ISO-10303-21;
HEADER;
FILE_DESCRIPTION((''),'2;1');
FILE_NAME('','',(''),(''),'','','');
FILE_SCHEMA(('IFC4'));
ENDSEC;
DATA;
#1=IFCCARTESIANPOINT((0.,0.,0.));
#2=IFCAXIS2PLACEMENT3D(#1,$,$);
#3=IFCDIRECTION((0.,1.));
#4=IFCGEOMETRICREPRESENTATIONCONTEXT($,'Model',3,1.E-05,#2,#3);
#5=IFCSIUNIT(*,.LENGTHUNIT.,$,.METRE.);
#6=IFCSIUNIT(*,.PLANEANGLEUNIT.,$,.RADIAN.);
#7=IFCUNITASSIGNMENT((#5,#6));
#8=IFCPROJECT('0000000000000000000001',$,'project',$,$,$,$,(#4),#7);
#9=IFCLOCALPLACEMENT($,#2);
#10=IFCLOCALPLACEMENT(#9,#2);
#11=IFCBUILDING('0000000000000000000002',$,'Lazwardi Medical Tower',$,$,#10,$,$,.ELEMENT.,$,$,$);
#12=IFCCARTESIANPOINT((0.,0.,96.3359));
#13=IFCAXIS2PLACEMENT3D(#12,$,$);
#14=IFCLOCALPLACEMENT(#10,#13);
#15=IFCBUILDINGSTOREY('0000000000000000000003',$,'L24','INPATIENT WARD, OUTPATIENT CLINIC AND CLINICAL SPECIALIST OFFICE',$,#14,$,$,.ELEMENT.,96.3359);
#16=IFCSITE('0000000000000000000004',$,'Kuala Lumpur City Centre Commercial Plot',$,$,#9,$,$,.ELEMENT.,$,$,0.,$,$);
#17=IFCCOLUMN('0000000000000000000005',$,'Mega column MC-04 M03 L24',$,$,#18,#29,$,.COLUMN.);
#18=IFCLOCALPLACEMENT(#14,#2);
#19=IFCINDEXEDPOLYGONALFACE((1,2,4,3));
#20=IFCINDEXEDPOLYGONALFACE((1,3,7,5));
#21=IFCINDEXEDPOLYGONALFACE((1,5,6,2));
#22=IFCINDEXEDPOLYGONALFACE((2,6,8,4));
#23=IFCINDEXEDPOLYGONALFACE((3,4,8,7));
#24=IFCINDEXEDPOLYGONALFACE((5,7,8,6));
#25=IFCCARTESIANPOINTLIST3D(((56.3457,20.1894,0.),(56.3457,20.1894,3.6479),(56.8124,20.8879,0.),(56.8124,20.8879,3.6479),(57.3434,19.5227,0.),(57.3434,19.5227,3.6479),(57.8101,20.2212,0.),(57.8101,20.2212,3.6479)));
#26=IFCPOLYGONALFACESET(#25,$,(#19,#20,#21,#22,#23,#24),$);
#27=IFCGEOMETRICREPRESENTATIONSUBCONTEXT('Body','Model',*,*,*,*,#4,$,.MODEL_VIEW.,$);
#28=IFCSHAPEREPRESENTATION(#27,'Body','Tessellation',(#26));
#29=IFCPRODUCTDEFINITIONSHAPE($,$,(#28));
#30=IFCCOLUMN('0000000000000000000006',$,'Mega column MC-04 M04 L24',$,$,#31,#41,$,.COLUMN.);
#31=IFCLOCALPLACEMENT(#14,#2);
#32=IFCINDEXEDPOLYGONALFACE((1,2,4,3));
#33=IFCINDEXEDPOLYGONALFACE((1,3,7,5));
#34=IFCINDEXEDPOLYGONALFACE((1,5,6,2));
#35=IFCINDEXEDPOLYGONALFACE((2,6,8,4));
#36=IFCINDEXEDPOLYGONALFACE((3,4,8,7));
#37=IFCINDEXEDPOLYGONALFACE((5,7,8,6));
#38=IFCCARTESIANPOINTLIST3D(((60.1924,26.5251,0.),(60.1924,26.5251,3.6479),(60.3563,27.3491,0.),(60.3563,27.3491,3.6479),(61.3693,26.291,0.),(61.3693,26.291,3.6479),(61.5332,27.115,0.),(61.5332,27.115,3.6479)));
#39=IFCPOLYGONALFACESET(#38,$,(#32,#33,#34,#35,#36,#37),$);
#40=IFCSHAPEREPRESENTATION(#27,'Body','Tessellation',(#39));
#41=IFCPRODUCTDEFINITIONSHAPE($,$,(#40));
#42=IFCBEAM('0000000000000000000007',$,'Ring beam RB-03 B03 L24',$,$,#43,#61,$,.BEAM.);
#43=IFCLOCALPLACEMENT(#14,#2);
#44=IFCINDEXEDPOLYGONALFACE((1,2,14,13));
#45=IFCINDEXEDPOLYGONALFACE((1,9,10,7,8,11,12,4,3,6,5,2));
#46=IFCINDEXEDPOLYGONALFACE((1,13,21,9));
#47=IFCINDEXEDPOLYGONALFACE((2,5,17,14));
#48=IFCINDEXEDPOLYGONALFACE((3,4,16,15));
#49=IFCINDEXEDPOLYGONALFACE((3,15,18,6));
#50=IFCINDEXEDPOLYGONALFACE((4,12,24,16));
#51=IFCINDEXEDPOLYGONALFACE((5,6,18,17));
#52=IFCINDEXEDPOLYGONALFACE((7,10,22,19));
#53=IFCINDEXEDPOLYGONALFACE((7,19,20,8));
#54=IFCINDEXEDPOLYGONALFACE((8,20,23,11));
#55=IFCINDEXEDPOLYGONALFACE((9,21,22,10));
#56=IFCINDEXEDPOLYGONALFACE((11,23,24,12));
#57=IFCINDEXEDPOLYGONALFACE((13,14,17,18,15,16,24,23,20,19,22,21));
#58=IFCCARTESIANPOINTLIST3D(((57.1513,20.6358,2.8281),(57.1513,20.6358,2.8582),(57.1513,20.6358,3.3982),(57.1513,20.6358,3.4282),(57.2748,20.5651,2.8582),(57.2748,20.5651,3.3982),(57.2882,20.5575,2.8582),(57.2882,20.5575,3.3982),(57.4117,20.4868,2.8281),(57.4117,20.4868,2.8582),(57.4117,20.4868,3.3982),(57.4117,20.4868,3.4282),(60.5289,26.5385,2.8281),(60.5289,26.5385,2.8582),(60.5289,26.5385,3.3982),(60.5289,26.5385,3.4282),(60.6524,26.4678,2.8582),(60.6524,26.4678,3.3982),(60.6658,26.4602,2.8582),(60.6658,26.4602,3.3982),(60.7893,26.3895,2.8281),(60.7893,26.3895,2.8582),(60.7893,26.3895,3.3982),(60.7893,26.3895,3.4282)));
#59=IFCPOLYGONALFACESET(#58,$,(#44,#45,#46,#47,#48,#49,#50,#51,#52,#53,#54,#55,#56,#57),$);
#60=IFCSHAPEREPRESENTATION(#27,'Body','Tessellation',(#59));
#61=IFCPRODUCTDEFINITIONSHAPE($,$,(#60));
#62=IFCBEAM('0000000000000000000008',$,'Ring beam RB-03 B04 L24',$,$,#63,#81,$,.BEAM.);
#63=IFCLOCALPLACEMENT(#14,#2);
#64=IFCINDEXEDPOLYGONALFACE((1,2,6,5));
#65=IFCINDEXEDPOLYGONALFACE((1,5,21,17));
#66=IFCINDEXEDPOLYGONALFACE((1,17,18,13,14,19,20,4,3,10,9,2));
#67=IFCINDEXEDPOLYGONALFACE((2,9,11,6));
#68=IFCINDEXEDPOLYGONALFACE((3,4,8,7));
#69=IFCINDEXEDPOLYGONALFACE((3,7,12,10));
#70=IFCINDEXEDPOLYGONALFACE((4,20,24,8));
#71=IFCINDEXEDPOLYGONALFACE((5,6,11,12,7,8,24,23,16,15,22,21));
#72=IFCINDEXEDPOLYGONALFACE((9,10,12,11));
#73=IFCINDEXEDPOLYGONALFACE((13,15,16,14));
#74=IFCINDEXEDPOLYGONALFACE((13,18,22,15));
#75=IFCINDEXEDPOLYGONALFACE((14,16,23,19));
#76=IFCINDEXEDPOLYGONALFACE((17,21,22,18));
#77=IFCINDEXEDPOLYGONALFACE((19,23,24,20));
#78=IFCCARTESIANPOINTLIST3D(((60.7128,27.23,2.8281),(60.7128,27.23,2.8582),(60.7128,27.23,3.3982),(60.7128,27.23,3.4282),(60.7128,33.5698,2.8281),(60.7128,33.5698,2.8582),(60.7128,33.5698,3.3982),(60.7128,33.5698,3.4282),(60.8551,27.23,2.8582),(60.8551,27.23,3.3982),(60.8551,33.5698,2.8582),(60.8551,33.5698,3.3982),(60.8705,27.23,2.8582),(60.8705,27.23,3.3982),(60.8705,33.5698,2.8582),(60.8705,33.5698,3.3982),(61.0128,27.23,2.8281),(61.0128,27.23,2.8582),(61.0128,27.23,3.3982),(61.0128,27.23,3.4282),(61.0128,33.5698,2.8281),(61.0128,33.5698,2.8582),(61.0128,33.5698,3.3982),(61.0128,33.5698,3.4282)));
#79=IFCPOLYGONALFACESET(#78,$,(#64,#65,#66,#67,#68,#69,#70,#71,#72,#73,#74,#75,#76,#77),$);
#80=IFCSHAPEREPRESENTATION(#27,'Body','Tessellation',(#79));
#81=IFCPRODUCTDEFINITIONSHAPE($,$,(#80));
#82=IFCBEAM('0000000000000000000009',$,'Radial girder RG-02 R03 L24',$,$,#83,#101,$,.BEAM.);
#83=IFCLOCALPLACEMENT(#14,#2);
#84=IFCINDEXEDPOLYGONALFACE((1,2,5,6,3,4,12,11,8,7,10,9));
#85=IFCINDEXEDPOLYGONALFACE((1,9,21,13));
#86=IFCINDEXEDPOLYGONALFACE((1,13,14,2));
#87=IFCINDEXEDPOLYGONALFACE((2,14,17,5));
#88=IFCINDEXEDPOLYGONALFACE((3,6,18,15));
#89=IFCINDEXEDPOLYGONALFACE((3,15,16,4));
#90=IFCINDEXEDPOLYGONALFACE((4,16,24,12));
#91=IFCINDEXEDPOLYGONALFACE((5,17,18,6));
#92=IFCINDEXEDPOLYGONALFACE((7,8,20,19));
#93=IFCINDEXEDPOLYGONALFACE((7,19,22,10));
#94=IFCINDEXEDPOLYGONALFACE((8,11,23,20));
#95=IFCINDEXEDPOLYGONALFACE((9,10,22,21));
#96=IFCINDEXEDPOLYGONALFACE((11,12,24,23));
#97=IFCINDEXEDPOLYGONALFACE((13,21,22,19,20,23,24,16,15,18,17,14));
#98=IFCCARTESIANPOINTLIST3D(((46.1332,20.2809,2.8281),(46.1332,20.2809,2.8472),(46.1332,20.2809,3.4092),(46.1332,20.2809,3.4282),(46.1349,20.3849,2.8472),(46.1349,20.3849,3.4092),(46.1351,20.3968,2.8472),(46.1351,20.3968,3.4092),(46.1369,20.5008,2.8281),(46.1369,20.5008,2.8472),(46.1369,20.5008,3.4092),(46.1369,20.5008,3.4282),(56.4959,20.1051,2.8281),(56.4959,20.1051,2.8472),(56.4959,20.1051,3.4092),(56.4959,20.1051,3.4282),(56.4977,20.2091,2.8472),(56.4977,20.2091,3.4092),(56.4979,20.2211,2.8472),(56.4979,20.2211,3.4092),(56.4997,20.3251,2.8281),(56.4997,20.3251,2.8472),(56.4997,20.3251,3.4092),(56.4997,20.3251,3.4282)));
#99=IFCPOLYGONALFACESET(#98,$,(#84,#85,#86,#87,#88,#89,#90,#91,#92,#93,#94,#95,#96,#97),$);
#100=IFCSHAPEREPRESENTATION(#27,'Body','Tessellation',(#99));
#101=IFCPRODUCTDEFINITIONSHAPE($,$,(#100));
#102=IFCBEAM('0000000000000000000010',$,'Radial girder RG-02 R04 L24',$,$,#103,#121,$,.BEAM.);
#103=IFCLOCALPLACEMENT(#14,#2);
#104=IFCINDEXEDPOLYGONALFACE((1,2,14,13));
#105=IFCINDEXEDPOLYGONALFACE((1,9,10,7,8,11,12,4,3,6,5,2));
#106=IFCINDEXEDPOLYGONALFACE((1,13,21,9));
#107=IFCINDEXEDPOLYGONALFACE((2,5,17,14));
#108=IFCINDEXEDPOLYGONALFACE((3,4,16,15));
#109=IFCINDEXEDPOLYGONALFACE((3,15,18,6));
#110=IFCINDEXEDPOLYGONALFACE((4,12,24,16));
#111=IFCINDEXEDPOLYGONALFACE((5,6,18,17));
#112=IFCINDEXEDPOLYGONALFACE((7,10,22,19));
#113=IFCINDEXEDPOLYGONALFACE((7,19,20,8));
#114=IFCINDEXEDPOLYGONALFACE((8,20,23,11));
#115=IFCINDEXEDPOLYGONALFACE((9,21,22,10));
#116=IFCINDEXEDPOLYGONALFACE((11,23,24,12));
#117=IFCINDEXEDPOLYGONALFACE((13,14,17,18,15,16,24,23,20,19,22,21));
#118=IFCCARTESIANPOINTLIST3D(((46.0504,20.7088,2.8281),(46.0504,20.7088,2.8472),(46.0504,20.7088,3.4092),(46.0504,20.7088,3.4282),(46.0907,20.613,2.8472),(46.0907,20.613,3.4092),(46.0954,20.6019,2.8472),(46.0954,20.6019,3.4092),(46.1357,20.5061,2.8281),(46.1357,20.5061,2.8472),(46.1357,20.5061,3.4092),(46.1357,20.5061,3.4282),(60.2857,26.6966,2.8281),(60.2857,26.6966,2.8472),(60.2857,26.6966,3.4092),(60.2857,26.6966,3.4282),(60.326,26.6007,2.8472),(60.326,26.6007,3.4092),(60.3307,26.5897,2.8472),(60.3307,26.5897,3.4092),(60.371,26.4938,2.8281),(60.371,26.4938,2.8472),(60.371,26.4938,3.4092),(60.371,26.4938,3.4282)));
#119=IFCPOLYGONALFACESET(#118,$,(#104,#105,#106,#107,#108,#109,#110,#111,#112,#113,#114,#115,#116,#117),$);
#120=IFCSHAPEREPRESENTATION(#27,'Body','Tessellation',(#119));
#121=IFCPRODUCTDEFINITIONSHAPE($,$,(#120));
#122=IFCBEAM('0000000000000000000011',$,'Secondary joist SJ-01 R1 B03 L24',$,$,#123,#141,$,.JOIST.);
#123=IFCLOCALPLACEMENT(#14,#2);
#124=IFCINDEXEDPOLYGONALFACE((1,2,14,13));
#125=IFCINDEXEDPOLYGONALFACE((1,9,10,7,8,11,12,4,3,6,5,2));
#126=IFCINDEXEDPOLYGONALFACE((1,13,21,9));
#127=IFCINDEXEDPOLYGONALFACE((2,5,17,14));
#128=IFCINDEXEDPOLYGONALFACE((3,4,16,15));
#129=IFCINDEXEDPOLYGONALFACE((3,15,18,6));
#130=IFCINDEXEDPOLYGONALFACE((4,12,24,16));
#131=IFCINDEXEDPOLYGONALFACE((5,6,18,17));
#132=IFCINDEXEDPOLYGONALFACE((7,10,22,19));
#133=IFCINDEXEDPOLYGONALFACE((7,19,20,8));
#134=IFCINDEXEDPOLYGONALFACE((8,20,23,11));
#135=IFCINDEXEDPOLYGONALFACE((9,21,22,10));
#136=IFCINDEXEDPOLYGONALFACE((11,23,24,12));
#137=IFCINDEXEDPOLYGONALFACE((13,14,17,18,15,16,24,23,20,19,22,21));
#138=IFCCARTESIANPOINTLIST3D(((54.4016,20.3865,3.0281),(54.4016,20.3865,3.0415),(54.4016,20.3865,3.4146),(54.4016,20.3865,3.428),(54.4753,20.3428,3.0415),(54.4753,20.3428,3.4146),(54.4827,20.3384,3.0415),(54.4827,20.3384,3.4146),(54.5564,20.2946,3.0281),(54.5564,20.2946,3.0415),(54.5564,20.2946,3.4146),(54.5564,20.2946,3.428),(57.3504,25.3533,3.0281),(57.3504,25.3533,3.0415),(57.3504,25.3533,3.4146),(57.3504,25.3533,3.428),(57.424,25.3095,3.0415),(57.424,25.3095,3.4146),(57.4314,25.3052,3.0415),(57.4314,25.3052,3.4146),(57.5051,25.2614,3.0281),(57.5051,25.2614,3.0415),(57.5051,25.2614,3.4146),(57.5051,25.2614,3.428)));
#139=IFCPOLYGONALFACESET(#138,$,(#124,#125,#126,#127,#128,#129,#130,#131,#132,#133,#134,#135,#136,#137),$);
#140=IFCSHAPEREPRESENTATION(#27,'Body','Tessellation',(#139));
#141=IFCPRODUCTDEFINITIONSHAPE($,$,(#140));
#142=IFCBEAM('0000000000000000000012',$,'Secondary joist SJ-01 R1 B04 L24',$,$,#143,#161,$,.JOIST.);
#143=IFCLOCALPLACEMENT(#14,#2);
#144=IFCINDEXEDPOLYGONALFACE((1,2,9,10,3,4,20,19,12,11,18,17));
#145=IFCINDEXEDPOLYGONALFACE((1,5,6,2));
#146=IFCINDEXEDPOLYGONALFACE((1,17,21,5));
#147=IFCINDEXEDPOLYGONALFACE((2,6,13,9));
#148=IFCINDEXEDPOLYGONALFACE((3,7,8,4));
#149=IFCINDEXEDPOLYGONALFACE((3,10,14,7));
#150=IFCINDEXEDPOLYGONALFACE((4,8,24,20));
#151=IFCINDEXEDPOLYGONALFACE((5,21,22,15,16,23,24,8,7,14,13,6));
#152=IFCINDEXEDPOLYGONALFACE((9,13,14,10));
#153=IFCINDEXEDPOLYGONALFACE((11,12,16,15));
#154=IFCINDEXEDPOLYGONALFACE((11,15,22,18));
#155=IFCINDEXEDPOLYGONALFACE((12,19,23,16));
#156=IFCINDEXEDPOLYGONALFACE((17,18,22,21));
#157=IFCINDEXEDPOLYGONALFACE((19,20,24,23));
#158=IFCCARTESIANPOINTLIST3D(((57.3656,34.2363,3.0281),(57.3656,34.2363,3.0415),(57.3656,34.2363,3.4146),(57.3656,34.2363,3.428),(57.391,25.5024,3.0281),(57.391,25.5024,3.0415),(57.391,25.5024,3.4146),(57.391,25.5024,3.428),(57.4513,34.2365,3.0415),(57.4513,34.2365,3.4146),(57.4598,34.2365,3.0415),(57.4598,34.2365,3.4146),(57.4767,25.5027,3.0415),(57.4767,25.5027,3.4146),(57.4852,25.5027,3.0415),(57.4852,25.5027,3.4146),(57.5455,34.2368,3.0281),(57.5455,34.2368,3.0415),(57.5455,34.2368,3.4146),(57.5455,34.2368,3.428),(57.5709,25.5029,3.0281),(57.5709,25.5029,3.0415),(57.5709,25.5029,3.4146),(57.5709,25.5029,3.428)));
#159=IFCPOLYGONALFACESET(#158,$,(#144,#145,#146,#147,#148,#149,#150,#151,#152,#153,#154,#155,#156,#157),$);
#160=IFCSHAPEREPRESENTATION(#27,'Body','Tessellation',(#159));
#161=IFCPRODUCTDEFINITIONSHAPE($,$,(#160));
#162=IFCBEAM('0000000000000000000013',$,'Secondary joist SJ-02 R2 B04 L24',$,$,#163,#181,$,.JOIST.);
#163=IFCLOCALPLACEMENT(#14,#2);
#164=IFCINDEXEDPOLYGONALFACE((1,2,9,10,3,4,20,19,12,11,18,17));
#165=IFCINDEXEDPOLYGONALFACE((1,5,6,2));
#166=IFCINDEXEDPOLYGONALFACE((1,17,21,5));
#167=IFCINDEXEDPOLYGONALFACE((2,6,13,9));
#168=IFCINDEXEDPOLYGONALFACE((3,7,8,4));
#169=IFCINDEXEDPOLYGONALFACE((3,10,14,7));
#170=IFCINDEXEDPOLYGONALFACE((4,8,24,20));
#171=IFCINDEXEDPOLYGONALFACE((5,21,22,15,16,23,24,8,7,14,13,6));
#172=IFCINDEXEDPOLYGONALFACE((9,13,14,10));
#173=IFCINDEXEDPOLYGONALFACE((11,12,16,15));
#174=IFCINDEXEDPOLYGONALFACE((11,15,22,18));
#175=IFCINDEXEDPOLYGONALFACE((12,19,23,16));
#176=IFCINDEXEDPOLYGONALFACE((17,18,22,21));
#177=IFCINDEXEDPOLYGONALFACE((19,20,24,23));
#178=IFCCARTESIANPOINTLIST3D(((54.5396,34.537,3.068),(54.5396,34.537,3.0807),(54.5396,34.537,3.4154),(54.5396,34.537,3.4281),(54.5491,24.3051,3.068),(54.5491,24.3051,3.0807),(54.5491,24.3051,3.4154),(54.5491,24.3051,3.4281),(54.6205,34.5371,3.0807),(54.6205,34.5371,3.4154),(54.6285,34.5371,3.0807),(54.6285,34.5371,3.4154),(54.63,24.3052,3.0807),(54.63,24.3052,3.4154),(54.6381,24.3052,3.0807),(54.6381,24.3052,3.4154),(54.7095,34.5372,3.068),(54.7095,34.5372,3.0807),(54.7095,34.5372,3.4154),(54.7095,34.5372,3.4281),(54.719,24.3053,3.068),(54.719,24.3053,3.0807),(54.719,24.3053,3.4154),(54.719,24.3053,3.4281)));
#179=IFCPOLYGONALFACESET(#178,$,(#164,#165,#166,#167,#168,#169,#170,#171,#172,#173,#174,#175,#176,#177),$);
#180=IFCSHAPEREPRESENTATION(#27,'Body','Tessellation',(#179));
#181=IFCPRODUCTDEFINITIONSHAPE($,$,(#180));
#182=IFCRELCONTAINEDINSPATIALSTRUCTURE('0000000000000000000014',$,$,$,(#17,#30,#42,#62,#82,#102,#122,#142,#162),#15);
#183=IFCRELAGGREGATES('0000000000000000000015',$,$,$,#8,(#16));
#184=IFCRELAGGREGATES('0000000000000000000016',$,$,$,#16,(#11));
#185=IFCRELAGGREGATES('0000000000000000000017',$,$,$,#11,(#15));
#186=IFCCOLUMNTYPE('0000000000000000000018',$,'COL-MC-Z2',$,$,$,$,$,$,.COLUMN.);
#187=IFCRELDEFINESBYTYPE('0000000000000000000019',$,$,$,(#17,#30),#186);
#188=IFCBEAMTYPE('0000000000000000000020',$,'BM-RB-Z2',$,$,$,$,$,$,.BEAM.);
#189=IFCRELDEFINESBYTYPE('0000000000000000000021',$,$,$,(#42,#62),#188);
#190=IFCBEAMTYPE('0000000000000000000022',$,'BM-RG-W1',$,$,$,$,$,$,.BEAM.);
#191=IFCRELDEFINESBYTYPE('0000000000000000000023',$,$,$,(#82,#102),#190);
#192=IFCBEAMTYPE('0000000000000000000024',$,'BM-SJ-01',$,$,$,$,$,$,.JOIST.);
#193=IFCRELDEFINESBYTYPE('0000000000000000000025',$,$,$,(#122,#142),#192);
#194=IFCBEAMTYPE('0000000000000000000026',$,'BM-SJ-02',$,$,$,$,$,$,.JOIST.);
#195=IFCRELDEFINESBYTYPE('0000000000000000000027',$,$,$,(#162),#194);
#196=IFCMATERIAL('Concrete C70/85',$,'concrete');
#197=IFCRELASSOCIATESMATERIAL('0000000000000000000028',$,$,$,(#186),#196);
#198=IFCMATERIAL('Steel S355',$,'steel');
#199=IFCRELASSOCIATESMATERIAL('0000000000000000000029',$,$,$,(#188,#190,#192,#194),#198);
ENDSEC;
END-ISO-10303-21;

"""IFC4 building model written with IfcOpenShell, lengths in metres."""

from ifc_helpers import new_model, si_unit, direction, frame, origin, origin_2d, place, context, subcontext, project, spatial, rectangle, i_section, extrude, material, material_profile, profile_set, type_object, element, save


model = new_model("IFC4")

# Units and contexts
model_context = context("Model", 3, precision=1e-05, world=origin(), true_north=direction((0.0, 1.0)))
body_context = subcontext(model_context, "Body", "Model", "MODEL_VIEW")
ifc_project = project(units=[si_unit("LENGTHUNIT", "METRE"), si_unit("PLANEANGLEUNIT", "RADIAN")], contexts=[model_context])

# Site, building, storey
site_placement = place(None, origin())
site = spatial("IfcSite", under=ifc_project, at=site_placement, Name="Kuala Lumpur City Centre Commercial Plot", CompositionType="ELEMENT", RefElevation=0.0)
building_placement = place(site_placement, origin())
building = spatial("IfcBuilding", under=site, at=building_placement, Name="Lazwardi Medical Tower", CompositionType="ELEMENT")
storey_placement = place(building_placement, frame((0.0, 0.0, 96.3359)))
storey = spatial("IfcBuildingStorey", under=building, at=storey_placement, Name="L24", Description="INPATIENT WARD, OUTPATIENT CLINIC AND CLINICAL SPECIALIST OFFICE", CompositionType="ELEMENT", Elevation=96.3359)

# Columns
ifc_material_1 = material(Name="Concrete C70/85", Category="concrete")
ifc_material_profile_1 = material_profile(ifc_material_1, rectangle(XDim=1.2, YDim=0.8401, at=origin_2d()), Name="CFT-RECT 1200x840")
ifc_profile_set_1 = profile_set([ifc_material_profile_1], Name="Concrete C70/85")
column_type = type_object("IfcColumnType", Name="COL-MC-Z2", PredefinedType="COLUMN", material=ifc_profile_set_1)
for number, where, z_axis, x_axis, name in (
    (1, (57.0779, 20.2053, 0.0), (0.0, 0.0, 1.0), (0.83147, -0.55557, 0.0), "Mega column MC-04 M03 L24"),
    (2, (60.8628, 26.8201, 0.0), (0.0, 0.0, 1.0), (0.980785, -0.19509, 0.0), "Mega column MC-04 M04 L24"),
):
    element("IfcColumn", number, at=place(storey_placement, frame(where, z_axis=z_axis, x_axis=x_axis)), inside=storey, type_object=column_type, Name=name, PredefinedType="COLUMN", context=body_context, shape_type="SweptSolid", body=[
        extrude(rectangle(XDim=1.2, YDim=0.8401, at=origin_2d()), origin(), (0.0, 0.0, 1.0), 3.6479),
    ])

# Beams
ifc_material_2 = material(Name="Steel S355", Category="steel")
ifc_material_profile_2 = material_profile(ifc_material_2, i_section(OverallWidth=0.3, OverallDepth=0.6001, WebThickness=0.0154, FlangeThickness=0.03, at=origin_2d()), Name="HEB 600")
ifc_profile_set_2 = profile_set([ifc_material_profile_2], Name="Steel S355")
beam_type_1 = type_object("IfcBeamType", Name="BM-RB-Z2", PredefinedType="BEAM", material=ifc_profile_set_2)
beam_1_placement = place(storey_placement, frame((57.2815, 20.5613, 3.1282), z_axis=(0.496653, 0.867949, 0.0), x_axis=(-0.867949, 0.496653, 0.0)))
element("IfcBeam", 3, at=beam_1_placement, inside=storey, type_object=beam_type_1, Name="Ring beam RB-03 B03 L24", PredefinedType="BEAM", context=body_context, shape_type="SweptSolid", body=[
    extrude(i_section(OverallWidth=0.3, OverallDepth=0.6001, WebThickness=0.0154, FlangeThickness=0.03, at=origin_2d()), origin(), (0.0, 0.0, 1.0), 6.8008),
])
beam_2_placement = place(storey_placement, frame((60.8628, 27.23, 3.1282), z_axis=(0.0, 1.0, 0.0), x_axis=(-1.0, 0.0, 0.0)))
element("IfcBeam", 4, at=beam_2_placement, inside=storey, type_object=beam_type_1, Name="Ring beam RB-03 B04 L24", PredefinedType="BEAM", context=body_context, shape_type="SweptSolid", body=[
    extrude(i_section(OverallWidth=0.3, OverallDepth=0.6001, WebThickness=0.0154, FlangeThickness=0.03, at=origin_2d()), origin(), (0.0, 0.0, 1.0), 6.3398),
])
ifc_material_profile_3 = material_profile(ifc_material_2, i_section(OverallWidth=0.22, OverallDepth=0.6001, WebThickness=0.012, FlangeThickness=0.019, at=origin_2d()), Name="IPE 600")
ifc_profile_set_3 = profile_set([ifc_material_profile_3], Name="Steel S355")
beam_type_2 = type_object("IfcBeamType", Name="BM-RG-W1", PredefinedType="BEAM", material=ifc_profile_set_3)
beam_3_placement = place(storey_placement, frame((56.4978, 20.2151, 3.1282), z_axis=(-0.999856, 0.01696, 0.0), x_axis=(-0.01696, -0.999856, 0.0)))
element("IfcBeam", 5, at=beam_3_placement, inside=storey, type_object=beam_type_2, Name="Radial girder RG-02 R03 L24", PredefinedType="BEAM", context=body_context, shape_type="SweptSolid", body=[
    extrude(i_section(OverallWidth=0.22, OverallDepth=0.6001, WebThickness=0.012, FlangeThickness=0.019, at=origin_2d()), origin(), (0.0, 0.0, 1.0), 10.3643),
])
beam_4_placement = place(storey_placement, frame((60.3284, 26.5952, 3.1282), z_axis=(-0.921775, -0.387725, 0.0), x_axis=(0.387725, -0.921775, 0.0)))
element("IfcBeam", 6, at=beam_4_placement, inside=storey, type_object=beam_type_2, Name="Radial girder RG-02 R04 L24", PredefinedType="BEAM", context=body_context, shape_type="SweptSolid", body=[
    extrude(i_section(OverallWidth=0.22, OverallDepth=0.6001, WebThickness=0.012, FlangeThickness=0.019, at=origin_2d()), origin(), (0.0, 0.0, 1.0), 15.4434),
])
ifc_material_profile_4 = material_profile(ifc_material_2, i_section(OverallWidth=0.1799, OverallDepth=0.3999, WebThickness=0.0085, FlangeThickness=0.0134, at=origin_2d()), Name="IPE 400")
ifc_profile_set_4 = profile_set([ifc_material_profile_4], Name="Steel S355")
beam_type_3 = type_object("IfcBeamType", Name="BM-SJ-01", PredefinedType="JOIST", material=ifc_profile_set_4)
beam_5_placement = place(storey_placement, frame((54.479, 20.3406, 3.228), z_axis=(0.5105, 0.859878, 0.0), x_axis=(-0.859878, 0.5105, 0.0)))
element("IfcBeam", 7, at=beam_5_placement, inside=storey, type_object=beam_type_3, Name="Secondary joist SJ-01 R1 B03 L24", PredefinedType="JOIST", context=body_context, shape_type="SweptSolid", body=[
    extrude(i_section(OverallWidth=0.1799, OverallDepth=0.3999, WebThickness=0.0085, FlangeThickness=0.0134, at=origin_2d()), origin(), (0.0, 0.0, 1.0), 5.7761),
])
beam_6_placement = place(storey_placement, frame((57.481, 25.5027, 3.228), z_axis=(-0.002907, 0.999996, 0.0), x_axis=(-0.999996, -0.002907, 0.0)))
element("IfcBeam", 8, at=beam_6_placement, inside=storey, type_object=beam_type_3, Name="Secondary joist SJ-01 R1 B04 L24", PredefinedType="JOIST", context=body_context, shape_type="SweptSolid", body=[
    extrude(i_section(OverallWidth=0.1799, OverallDepth=0.3999, WebThickness=0.0085, FlangeThickness=0.0134, at=origin_2d()), origin(), (0.0, 0.0, 1.0), 8.7339),
])
ifc_material_profile_5 = material_profile(ifc_material_2, i_section(OverallWidth=0.1699, OverallDepth=0.3601, WebThickness=0.0081, FlangeThickness=0.0127, at=origin_2d()), Name="IPE 360")
ifc_profile_set_5 = profile_set([ifc_material_profile_5], Name="Steel S355")
beam_type_4 = type_object("IfcBeamType", Name="BM-SJ-02", PredefinedType="JOIST", material=ifc_profile_set_5)
beam_7_placement = place(storey_placement, frame((54.634, 24.3052, 3.248), z_axis=(-0.000931, 1.0, 0.0), x_axis=(-1.0, -0.000931, 0.0)))
element("IfcBeam", 9, at=beam_7_placement, inside=storey, type_object=beam_type_4, Name="Secondary joist SJ-02 R2 B04 L24", PredefinedType="JOIST", context=body_context, shape_type="SweptSolid", body=[
    extrude(i_section(OverallWidth=0.1699, OverallDepth=0.3601, WebThickness=0.0081, FlangeThickness=0.0127, at=origin_2d()), origin(), (0.0, 0.0, 1.0), 10.2319),
])

save(model, "model.ifc")
